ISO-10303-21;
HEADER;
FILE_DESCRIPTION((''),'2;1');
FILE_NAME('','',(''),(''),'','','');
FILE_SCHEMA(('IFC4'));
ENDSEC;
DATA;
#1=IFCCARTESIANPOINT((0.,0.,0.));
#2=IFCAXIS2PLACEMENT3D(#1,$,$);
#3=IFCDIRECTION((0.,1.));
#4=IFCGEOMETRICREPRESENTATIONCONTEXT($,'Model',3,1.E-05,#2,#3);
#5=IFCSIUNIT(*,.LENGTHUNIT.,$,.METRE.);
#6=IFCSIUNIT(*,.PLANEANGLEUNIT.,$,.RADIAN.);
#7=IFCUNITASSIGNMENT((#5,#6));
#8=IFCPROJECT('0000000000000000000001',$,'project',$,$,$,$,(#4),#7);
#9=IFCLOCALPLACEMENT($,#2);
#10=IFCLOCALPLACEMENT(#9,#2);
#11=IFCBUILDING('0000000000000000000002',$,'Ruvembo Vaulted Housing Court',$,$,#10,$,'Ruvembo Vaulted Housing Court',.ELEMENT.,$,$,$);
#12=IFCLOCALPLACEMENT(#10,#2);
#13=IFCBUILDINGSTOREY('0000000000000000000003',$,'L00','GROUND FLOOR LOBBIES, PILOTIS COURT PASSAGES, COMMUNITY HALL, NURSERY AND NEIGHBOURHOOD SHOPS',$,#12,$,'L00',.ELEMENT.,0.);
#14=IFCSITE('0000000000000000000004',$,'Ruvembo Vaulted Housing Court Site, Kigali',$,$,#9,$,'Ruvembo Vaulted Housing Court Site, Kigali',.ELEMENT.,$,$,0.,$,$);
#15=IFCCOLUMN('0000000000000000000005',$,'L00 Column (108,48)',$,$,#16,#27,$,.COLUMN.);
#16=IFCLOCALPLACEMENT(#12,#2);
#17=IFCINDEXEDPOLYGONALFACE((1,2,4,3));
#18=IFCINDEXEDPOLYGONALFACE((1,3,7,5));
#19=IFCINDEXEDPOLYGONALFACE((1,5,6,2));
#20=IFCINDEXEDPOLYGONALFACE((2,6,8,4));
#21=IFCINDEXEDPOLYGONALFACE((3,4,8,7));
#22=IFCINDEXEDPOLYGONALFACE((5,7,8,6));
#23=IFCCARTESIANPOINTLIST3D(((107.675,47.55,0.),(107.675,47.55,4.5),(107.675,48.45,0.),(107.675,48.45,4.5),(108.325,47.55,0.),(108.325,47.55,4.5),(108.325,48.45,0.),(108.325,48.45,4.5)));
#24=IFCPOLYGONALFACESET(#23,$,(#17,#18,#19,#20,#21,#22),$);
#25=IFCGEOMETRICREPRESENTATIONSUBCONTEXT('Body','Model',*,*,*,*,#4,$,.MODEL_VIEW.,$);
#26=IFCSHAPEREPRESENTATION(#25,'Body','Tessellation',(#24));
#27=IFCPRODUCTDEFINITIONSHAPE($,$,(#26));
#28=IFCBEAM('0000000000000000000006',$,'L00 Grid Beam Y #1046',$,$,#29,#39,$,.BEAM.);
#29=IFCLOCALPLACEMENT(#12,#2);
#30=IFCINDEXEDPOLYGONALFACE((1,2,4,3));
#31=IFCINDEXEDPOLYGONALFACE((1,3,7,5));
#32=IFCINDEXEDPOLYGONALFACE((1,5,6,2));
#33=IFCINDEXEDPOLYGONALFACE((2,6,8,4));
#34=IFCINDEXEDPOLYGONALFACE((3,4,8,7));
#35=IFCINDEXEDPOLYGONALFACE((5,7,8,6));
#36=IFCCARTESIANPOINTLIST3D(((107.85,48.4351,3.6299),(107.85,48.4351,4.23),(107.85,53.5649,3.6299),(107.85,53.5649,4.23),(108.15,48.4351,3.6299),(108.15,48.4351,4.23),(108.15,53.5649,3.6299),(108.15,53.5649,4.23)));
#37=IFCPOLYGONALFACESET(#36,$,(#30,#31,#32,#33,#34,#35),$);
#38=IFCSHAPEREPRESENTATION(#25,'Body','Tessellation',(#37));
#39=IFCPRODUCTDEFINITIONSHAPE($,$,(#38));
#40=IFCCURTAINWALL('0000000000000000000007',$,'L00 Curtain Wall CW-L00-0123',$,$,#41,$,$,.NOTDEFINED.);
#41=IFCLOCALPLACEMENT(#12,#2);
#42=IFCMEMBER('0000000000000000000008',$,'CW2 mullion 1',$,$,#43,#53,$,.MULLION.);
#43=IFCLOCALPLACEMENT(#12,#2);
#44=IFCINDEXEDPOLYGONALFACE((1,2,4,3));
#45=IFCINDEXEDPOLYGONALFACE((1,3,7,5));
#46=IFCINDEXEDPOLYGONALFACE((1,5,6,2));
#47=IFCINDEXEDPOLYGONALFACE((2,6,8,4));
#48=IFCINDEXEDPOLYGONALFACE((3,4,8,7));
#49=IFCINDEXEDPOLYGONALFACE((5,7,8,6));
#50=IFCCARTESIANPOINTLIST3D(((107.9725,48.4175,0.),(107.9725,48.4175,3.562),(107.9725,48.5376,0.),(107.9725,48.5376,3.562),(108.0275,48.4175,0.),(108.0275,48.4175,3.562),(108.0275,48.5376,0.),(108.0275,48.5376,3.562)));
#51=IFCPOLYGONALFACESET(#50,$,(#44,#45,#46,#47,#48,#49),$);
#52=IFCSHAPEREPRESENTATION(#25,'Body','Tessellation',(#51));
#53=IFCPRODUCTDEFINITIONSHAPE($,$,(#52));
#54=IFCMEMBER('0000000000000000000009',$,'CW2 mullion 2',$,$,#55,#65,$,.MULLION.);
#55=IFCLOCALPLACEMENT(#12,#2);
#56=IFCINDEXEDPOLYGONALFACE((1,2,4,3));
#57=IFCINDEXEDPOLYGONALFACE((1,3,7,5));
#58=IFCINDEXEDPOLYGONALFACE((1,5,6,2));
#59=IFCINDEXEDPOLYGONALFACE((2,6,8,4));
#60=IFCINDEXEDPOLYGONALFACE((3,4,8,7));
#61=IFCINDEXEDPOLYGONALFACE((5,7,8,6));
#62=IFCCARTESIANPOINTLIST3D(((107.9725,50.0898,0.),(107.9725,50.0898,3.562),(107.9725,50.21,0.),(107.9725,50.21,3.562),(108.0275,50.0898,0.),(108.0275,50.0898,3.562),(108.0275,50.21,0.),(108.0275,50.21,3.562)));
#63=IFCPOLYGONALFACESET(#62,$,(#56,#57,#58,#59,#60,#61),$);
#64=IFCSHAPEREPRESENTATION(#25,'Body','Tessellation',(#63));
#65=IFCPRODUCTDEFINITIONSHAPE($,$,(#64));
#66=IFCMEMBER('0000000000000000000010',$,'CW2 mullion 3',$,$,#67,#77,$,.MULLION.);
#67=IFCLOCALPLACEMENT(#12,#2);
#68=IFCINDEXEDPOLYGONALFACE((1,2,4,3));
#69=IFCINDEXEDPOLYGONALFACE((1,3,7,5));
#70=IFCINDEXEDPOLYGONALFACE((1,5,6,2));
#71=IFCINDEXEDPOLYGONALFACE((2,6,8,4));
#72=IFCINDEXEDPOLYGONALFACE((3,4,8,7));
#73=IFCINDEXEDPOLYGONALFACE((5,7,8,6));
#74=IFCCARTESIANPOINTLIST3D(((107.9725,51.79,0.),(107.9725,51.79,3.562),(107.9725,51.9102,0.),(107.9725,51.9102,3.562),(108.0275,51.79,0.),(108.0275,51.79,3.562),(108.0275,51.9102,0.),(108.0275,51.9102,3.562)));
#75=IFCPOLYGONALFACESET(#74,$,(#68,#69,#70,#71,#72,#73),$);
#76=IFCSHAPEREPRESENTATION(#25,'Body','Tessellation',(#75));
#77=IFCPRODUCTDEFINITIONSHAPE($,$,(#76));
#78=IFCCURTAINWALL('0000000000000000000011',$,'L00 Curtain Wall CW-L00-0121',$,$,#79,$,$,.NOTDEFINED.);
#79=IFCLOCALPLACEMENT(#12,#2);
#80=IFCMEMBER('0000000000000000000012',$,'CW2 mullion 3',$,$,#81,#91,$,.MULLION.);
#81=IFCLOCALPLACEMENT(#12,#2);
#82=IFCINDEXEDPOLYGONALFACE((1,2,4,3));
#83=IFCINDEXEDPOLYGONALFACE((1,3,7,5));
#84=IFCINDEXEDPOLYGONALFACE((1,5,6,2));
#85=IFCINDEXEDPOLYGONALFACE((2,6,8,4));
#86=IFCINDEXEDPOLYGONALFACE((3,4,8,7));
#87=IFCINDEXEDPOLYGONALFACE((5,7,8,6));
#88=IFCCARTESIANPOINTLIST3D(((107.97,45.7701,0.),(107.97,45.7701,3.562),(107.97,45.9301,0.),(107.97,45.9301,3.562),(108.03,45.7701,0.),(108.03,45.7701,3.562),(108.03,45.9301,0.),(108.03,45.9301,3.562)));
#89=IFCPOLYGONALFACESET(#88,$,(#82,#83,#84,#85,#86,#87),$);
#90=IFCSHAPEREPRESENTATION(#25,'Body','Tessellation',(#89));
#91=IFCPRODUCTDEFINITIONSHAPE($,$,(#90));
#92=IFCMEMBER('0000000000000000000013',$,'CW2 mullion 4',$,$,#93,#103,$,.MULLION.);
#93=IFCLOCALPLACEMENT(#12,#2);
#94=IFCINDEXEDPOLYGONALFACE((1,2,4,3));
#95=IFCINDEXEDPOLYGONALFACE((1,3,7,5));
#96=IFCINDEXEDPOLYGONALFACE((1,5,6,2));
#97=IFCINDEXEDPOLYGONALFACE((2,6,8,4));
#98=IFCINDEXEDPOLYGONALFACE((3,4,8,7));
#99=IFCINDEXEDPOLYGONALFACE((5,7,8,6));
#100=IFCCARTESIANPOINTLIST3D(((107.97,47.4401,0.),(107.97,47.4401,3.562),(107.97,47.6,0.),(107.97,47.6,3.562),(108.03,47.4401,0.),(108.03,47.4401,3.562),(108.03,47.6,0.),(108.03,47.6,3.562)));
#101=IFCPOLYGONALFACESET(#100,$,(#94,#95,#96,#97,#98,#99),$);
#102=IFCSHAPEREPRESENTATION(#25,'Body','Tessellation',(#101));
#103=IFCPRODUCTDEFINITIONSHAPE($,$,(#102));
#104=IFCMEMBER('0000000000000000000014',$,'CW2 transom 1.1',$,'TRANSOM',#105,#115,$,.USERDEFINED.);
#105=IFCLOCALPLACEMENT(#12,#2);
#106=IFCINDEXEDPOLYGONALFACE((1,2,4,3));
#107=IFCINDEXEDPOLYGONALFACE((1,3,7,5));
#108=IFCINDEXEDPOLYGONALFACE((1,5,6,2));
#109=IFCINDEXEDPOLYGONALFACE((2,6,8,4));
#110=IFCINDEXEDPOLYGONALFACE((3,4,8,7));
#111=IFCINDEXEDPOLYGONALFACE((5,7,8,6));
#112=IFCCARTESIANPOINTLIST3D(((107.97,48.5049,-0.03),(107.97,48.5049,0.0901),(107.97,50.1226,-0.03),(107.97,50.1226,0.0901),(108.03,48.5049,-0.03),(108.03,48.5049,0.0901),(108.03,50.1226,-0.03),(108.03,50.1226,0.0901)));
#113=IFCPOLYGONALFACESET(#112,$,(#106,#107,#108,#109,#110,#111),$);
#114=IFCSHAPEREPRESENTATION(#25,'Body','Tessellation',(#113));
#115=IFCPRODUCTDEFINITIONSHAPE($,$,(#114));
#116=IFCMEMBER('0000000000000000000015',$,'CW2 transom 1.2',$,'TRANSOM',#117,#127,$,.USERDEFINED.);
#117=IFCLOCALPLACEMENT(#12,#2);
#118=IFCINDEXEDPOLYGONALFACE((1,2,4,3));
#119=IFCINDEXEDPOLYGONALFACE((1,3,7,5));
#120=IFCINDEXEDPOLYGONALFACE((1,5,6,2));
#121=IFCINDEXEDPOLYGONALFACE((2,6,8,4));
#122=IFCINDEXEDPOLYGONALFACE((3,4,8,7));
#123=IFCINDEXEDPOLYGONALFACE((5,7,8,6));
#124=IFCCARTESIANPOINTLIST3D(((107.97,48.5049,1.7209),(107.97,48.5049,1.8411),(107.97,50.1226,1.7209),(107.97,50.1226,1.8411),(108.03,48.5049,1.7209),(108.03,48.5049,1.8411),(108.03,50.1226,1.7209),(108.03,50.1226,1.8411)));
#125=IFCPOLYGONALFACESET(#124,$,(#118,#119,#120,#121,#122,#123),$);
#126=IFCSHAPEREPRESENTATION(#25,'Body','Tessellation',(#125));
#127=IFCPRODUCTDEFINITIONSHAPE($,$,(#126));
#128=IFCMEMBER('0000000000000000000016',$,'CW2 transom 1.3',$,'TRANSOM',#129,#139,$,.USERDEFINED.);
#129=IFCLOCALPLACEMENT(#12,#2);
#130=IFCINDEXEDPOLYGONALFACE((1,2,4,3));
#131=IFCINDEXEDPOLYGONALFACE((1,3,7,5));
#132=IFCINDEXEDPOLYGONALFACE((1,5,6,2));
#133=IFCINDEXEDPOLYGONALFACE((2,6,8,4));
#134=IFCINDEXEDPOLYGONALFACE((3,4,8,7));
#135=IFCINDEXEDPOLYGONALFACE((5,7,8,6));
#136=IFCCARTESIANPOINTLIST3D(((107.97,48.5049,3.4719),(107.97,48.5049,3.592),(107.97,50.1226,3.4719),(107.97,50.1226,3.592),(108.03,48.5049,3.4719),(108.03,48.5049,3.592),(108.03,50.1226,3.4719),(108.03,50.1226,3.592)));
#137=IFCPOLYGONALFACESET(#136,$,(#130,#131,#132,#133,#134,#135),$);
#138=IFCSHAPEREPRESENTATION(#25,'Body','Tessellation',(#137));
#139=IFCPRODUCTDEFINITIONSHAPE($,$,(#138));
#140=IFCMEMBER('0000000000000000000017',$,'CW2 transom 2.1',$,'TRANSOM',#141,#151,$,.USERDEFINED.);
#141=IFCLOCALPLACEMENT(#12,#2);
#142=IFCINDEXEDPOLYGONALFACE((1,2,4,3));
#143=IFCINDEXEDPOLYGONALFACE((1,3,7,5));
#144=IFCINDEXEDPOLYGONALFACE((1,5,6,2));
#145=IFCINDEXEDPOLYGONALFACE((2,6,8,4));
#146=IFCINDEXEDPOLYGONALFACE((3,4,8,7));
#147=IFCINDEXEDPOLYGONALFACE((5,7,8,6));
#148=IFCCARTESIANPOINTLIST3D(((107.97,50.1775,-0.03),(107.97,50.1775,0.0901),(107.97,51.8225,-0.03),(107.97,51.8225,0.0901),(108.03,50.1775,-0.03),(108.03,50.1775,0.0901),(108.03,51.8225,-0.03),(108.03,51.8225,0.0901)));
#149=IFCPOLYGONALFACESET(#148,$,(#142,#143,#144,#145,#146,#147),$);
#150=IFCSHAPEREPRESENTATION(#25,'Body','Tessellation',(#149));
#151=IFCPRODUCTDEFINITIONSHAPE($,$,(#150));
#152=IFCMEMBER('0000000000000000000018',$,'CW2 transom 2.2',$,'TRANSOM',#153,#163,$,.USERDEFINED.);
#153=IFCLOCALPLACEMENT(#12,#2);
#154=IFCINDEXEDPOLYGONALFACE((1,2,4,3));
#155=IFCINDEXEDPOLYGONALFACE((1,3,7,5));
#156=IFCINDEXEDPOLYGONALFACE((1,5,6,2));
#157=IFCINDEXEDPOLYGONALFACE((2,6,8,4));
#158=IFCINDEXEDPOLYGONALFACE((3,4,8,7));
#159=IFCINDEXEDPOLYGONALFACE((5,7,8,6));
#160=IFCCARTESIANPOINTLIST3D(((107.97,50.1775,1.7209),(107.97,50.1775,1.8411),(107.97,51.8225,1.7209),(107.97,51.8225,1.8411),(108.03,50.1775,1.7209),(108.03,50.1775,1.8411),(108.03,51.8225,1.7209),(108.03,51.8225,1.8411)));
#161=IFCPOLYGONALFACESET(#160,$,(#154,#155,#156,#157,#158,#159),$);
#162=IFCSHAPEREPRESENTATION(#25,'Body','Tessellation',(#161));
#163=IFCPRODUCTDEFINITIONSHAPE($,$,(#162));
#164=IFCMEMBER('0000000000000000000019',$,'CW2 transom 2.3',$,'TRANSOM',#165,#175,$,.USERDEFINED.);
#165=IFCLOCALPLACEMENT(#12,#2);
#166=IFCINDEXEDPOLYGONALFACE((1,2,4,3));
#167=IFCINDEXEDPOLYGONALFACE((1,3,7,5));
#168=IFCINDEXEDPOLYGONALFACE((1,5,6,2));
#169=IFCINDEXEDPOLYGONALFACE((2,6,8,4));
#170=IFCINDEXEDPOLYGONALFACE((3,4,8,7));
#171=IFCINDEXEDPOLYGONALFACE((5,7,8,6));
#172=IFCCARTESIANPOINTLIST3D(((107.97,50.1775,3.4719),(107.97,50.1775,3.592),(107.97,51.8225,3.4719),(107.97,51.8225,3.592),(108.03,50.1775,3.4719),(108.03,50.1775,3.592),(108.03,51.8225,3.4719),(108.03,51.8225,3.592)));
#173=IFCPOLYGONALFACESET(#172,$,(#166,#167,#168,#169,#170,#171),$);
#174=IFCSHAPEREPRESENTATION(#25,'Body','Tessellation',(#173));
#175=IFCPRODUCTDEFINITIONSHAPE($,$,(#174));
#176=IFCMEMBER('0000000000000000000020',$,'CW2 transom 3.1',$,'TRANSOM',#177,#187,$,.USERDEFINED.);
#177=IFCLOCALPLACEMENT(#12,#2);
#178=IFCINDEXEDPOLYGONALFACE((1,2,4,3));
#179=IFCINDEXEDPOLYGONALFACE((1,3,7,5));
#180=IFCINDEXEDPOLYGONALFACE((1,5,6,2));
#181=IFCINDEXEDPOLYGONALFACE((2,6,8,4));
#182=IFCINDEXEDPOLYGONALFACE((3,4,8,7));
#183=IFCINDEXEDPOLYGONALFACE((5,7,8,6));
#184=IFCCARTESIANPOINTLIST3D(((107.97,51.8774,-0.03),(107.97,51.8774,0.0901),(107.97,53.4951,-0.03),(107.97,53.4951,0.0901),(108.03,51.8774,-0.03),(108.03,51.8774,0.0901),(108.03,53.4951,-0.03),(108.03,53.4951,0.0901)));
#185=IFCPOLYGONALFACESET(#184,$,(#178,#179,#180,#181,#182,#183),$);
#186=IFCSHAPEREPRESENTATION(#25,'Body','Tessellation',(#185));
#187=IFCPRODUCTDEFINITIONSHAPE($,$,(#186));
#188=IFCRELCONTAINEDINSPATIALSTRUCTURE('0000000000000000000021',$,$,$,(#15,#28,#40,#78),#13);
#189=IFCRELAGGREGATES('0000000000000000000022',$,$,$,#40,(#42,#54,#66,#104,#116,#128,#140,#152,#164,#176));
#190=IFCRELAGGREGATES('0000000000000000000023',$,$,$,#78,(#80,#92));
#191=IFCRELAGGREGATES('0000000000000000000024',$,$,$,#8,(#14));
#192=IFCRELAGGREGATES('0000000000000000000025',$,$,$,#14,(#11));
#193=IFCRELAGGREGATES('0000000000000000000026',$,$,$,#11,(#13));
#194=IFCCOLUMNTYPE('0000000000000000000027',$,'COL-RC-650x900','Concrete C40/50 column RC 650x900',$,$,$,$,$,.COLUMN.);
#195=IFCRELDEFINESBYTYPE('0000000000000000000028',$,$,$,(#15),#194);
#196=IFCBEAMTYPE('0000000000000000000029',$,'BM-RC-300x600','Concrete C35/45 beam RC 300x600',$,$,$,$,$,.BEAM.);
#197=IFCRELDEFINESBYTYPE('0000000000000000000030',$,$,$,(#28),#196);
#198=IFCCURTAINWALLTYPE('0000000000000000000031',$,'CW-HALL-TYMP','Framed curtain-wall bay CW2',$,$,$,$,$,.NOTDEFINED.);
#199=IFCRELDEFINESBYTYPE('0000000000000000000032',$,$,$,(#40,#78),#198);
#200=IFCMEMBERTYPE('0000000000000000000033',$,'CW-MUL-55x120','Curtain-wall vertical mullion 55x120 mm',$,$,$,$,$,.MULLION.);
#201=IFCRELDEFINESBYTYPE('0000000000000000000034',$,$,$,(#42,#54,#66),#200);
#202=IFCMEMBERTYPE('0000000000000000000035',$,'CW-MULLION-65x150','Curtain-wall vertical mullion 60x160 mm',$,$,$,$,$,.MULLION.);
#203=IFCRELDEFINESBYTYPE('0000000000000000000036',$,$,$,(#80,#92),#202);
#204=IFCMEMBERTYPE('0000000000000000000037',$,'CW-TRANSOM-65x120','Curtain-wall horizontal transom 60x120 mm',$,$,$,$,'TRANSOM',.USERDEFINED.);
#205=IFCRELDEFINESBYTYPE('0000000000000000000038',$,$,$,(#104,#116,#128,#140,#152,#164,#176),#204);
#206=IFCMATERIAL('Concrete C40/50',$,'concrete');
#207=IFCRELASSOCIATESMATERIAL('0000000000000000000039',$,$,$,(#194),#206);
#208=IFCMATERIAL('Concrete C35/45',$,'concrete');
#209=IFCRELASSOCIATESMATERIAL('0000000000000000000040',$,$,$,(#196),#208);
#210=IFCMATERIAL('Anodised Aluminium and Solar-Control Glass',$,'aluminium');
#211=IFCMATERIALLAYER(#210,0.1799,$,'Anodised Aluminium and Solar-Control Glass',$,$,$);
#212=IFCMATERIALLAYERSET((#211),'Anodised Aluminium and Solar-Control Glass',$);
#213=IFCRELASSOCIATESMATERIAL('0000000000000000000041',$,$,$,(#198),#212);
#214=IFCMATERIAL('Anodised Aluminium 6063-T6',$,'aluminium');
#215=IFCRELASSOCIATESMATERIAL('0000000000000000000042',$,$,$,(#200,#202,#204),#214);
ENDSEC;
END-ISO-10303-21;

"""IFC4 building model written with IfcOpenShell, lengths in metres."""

from ifc_helpers import new_model, si_unit, direction, frame, origin, origin_2d, place, context, subcontext, project, spatial, rectangle, extrude, material, layer, layer_set, material_profile, profile_set, type_object, element, aggregate, save


model = new_model("IFC4")

# Units and contexts
model_context = context("Model", 3, precision=1e-05, world=origin(), true_north=direction((0.0, 1.0)))
body_context = subcontext(model_context, "Body", "Model", "MODEL_VIEW")
ifc_project = project(units=[si_unit("LENGTHUNIT", "METRE"), si_unit("PLANEANGLEUNIT", "RADIAN")], contexts=[model_context])

# Site, building, storey
site_placement = place(None, origin())
site = spatial("IfcSite", under=ifc_project, at=site_placement, Name="Ruvembo Vaulted Housing Court Site, Kigali", LongName="Ruvembo Vaulted Housing Court Site, Kigali", CompositionType="ELEMENT", RefElevation=0.0)
building_placement = place(site_placement, origin())
building = spatial("IfcBuilding", under=site, at=building_placement, Name="Ruvembo Vaulted Housing Court", LongName="Ruvembo Vaulted Housing Court", CompositionType="ELEMENT")
storey_placement = place(building_placement, origin())
storey = spatial("IfcBuildingStorey", under=building, at=storey_placement, Name="L00", Description="GROUND FLOOR LOBBIES, PILOTIS COURT PASSAGES, COMMUNITY HALL, NURSERY AND NEIGHBOURHOOD SHOPS", LongName="L00", CompositionType="ELEMENT", Elevation=0.0)

# Column
ifc_material_1 = material(Name="Concrete C40/50", Category="concrete")
ifc_material_profile_1 = material_profile(ifc_material_1, rectangle(XDim=0.6499, YDim=0.8999, at=origin_2d()), Name="RC 650x900")
ifc_profile_set_1 = profile_set([ifc_material_profile_1], Name="Concrete C40/50")
column_type = type_object("IfcColumnType", Name="COL-RC-650x900", Description="Concrete C40/50 column RC 650x900", PredefinedType="COLUMN", material=ifc_profile_set_1)
column_placement = place(storey_placement, frame((108.0, 48.0, 0.0), z_axis=(0.0, 0.0, 1.0), x_axis=(1.0, 0.0, 0.0)))
element("IfcColumn", 1, at=column_placement, inside=storey, type_object=column_type, Name="L00 Column (108,48)", PredefinedType="COLUMN", context=body_context, shape_type="SweptSolid", body=[
    extrude(rectangle(XDim=0.6499, YDim=0.8999, at=origin_2d()), origin(), (0.0, 0.0, 1.0), 4.5),
])

# Beam
ifc_material_2 = material(Name="Concrete C35/45", Category="concrete")
ifc_material_profile_2 = material_profile(ifc_material_2, rectangle(XDim=0.3, YDim=0.6001, at=origin_2d()), Name="RC 300x600")
ifc_profile_set_2 = profile_set([ifc_material_profile_2], Name="Concrete C35/45")
beam_type = type_object("IfcBeamType", Name="BM-RC-300x600", Description="Concrete C35/45 beam RC 300x600", PredefinedType="BEAM", material=ifc_profile_set_2)
beam_placement = place(storey_placement, frame((108.0, 48.4351, 3.9299), z_axis=(0.0, 1.0, 0.0), x_axis=(-1.0, 0.0, 0.0)))
element("IfcBeam", 2, at=beam_placement, inside=storey, type_object=beam_type, Name="L00 Grid Beam Y #1046", PredefinedType="BEAM", context=body_context, shape_type="SweptSolid", body=[
    extrude(rectangle(XDim=0.3, YDim=0.6001, at=origin_2d()), origin(), (0.0, 0.0, 1.0), 5.1299),
])

# Curtain walls, members
ifc_material_3 = material(Name="Anodised Aluminium and Solar-Control Glass", Category="aluminium")
ifc_layer_1 = layer(ifc_material_3, 0.1799, Name="Anodised Aluminium and Solar-Control Glass")
ifc_layer_set_1 = layer_set([ifc_layer_1], Name="Anodised Aluminium and Solar-Control Glass")
curtain_wall_type = type_object("IfcCurtainWallType", Name="CW-HALL-TYMP", Description="Framed curtain-wall bay CW2", PredefinedType="NOTDEFINED", material=ifc_layer_set_1)
curtain_wall_1_placement = place(storey_placement, origin())
curtain_wall_1 = element("IfcCurtainWall", 3, at=curtain_wall_1_placement, inside=storey, type_object=curtain_wall_type, Name="L00 Curtain Wall CW-L00-0123", PredefinedType="NOTDEFINED")
ifc_material_4 = material(Name="Anodised Aluminium 6063-T6", Category="aluminium")
ifc_material_profile_3 = material_profile(ifc_material_4, rectangle(XDim=0.0549, YDim=0.1201, at=origin_2d()), Name="ALU 55x120")
ifc_profile_set_3 = profile_set([ifc_material_profile_3], Name="Anodised Aluminium 6063-T6")
member_type_1 = type_object("IfcMemberType", Name="CW-MUL-55x120", Description="Curtain-wall vertical mullion 55x120 mm", PredefinedType="MULLION", material=ifc_profile_set_3)
member_1_placement = place(storey_placement, frame((108.0, 48.4775, 0.0), z_axis=(0.0, 0.0, 1.0), x_axis=(-1.0, 0.0, 0.0)))
member_1 = element("IfcMember", 4, at=member_1_placement, type_object=member_type_1, Name="CW2 mullion 1", PredefinedType="MULLION", context=body_context, shape_type="SweptSolid", body=[
    extrude(rectangle(XDim=0.0549, YDim=0.1201, at=origin_2d()), origin(), (0.0, 0.0, 1.0), 3.562),
])
member_2_placement = place(storey_placement, frame((108.0, 50.1499, 0.0), z_axis=(0.0, 0.0, 1.0), x_axis=(-1.0, 0.0, 0.0)))
member_2 = element("IfcMember", 5, at=member_2_placement, type_object=member_type_1, Name="CW2 mullion 2", PredefinedType="MULLION", context=body_context, shape_type="SweptSolid", body=[
    extrude(rectangle(XDim=0.0549, YDim=0.1201, at=origin_2d()), origin(), (0.0, 0.0, 1.0), 3.562),
])
member_3_placement = place(storey_placement, frame((108.0, 51.8501, 0.0), z_axis=(0.0, 0.0, 1.0), x_axis=(-1.0, 0.0, 0.0)))
member_3 = element("IfcMember", 6, at=member_3_placement, type_object=member_type_1, Name="CW2 mullion 3", PredefinedType="MULLION", context=body_context, shape_type="SweptSolid", body=[
    extrude(rectangle(XDim=0.0549, YDim=0.1201, at=origin_2d()), origin(), (0.0, 0.0, 1.0), 3.562),
])
curtain_wall_2_placement = place(storey_placement, origin())
curtain_wall_2 = element("IfcCurtainWall", 7, at=curtain_wall_2_placement, inside=storey, type_object=curtain_wall_type, Name="L00 Curtain Wall CW-L00-0121", PredefinedType="NOTDEFINED")
ifc_material_profile_4 = material_profile(ifc_material_4, rectangle(XDim=0.0601, YDim=0.1599, at=origin_2d()), Name="ALU 60x160")
ifc_profile_set_4 = profile_set([ifc_material_profile_4], Name="Anodised Aluminium 6063-T6")
member_type_2 = type_object("IfcMemberType", Name="CW-MULLION-65x150", Description="Curtain-wall vertical mullion 60x160 mm", PredefinedType="MULLION", material=ifc_profile_set_4)
member_4_placement = place(storey_placement, frame((108.0, 45.8501, 0.0), z_axis=(0.0, 0.0, 1.0), x_axis=(-1.0, 0.0, 0.0)))
member_4 = element("IfcMember", 8, at=member_4_placement, type_object=member_type_2, Name="CW2 mullion 3", PredefinedType="MULLION", context=body_context, shape_type="SweptSolid", body=[
    extrude(rectangle(XDim=0.0601, YDim=0.1599, at=origin_2d()), origin(), (0.0, 0.0, 1.0), 3.562),
])
member_5_placement = place(storey_placement, frame((108.0, 47.52, 0.0), z_axis=(0.0, 0.0, 1.0), x_axis=(-1.0, 0.0, 0.0)))
member_5 = element("IfcMember", 9, at=member_5_placement, type_object=member_type_2, Name="CW2 mullion 4", PredefinedType="MULLION", context=body_context, shape_type="SweptSolid", body=[
    extrude(rectangle(XDim=0.0601, YDim=0.1599, at=origin_2d()), origin(), (0.0, 0.0, 1.0), 3.562),
])

# Members
ifc_material_profile_5 = material_profile(ifc_material_4, rectangle(XDim=0.0601, YDim=0.1201, at=origin_2d()), Name="ALU 60x120")
ifc_profile_set_5 = profile_set([ifc_material_profile_5], Name="Anodised Aluminium 6063-T6")
member_type_3 = type_object("IfcMemberType", Name="CW-TRANSOM-65x120", Description="Curtain-wall horizontal transom 60x120 mm", ElementType="TRANSOM", PredefinedType="USERDEFINED", material=ifc_profile_set_5)
member_6_placement = place(storey_placement, frame((108.0, 48.5049, 0.03), z_axis=(0.0, 1.0, 0.0), x_axis=(-1.0, 0.0, 0.0)))
member_6 = element("IfcMember", 10, at=member_6_placement, type_object=member_type_3, Name="CW2 transom 1.1", ObjectType="TRANSOM", PredefinedType="USERDEFINED", context=body_context, shape_type="SweptSolid", body=[
    extrude(rectangle(XDim=0.0601, YDim=0.1201, at=origin_2d()), origin(), (0.0, 0.0, 1.0), 1.6177),
])
member_7_placement = place(storey_placement, frame((108.0, 48.5049, 1.781), z_axis=(0.0, 1.0, 0.0), x_axis=(-1.0, 0.0, 0.0)))
member_7 = element("IfcMember", 11, at=member_7_placement, type_object=member_type_3, Name="CW2 transom 1.2", ObjectType="TRANSOM", PredefinedType="USERDEFINED", context=body_context, shape_type="SweptSolid", body=[
    extrude(rectangle(XDim=0.0601, YDim=0.1201, at=origin_2d()), origin(), (0.0, 0.0, 1.0), 1.6177),
])
member_8_placement = place(storey_placement, frame((108.0, 48.5049, 3.532), z_axis=(0.0, 1.0, 0.0), x_axis=(-1.0, 0.0, 0.0)))
member_8 = element("IfcMember", 12, at=member_8_placement, type_object=member_type_3, Name="CW2 transom 1.3", ObjectType="TRANSOM", PredefinedType="USERDEFINED", context=body_context, shape_type="SweptSolid", body=[
    extrude(rectangle(XDim=0.0601, YDim=0.1201, at=origin_2d()), origin(), (0.0, 0.0, 1.0), 1.6177),
])
member_9_placement = place(storey_placement, frame((108.0, 50.1775, 0.03), z_axis=(0.0, 1.0, 0.0), x_axis=(-1.0, 0.0, 0.0)))
member_9 = element("IfcMember", 13, at=member_9_placement, type_object=member_type_3, Name="CW2 transom 2.1", ObjectType="TRANSOM", PredefinedType="USERDEFINED", context=body_context, shape_type="SweptSolid", body=[
    extrude(rectangle(XDim=0.0601, YDim=0.1201, at=origin_2d()), origin(), (0.0, 0.0, 1.0), 1.645),
])
member_10_placement = place(storey_placement, frame((108.0, 50.1775, 1.781), z_axis=(0.0, 1.0, 0.0), x_axis=(-1.0, 0.0, 0.0)))
member_10 = element("IfcMember", 14, at=member_10_placement, type_object=member_type_3, Name="CW2 transom 2.2", ObjectType="TRANSOM", PredefinedType="USERDEFINED", context=body_context, shape_type="SweptSolid", body=[
    extrude(rectangle(XDim=0.0601, YDim=0.1201, at=origin_2d()), origin(), (0.0, 0.0, 1.0), 1.645),
])
member_11_placement = place(storey_placement, frame((108.0, 50.1775, 3.532), z_axis=(0.0, 1.0, 0.0), x_axis=(-1.0, 0.0, 0.0)))
member_11 = element("IfcMember", 15, at=member_11_placement, type_object=member_type_3, Name="CW2 transom 2.3", ObjectType="TRANSOM", PredefinedType="USERDEFINED", context=body_context, shape_type="SweptSolid", body=[
    extrude(rectangle(XDim=0.0601, YDim=0.1201, at=origin_2d()), origin(), (0.0, 0.0, 1.0), 1.645),
])
member_12_placement = place(storey_placement, frame((108.0, 51.8774, 0.03), z_axis=(0.0, 1.0, 0.0), x_axis=(-1.0, 0.0, 0.0)))
member_12 = element("IfcMember", 16, at=member_12_placement, type_object=member_type_3, Name="CW2 transom 3.1", ObjectType="TRANSOM", PredefinedType="USERDEFINED", context=body_context, shape_type="SweptSolid", body=[
    extrude(rectangle(XDim=0.0601, YDim=0.1201, at=origin_2d()), origin(), (0.0, 0.0, 1.0), 1.6177),
])

aggregate(curtain_wall_1, [member_1, member_2, member_3, member_6, member_7, member_8, member_9, member_10, member_11, member_12])
aggregate(curtain_wall_2, [member_4, member_5])

save(model, "model.ifc")
